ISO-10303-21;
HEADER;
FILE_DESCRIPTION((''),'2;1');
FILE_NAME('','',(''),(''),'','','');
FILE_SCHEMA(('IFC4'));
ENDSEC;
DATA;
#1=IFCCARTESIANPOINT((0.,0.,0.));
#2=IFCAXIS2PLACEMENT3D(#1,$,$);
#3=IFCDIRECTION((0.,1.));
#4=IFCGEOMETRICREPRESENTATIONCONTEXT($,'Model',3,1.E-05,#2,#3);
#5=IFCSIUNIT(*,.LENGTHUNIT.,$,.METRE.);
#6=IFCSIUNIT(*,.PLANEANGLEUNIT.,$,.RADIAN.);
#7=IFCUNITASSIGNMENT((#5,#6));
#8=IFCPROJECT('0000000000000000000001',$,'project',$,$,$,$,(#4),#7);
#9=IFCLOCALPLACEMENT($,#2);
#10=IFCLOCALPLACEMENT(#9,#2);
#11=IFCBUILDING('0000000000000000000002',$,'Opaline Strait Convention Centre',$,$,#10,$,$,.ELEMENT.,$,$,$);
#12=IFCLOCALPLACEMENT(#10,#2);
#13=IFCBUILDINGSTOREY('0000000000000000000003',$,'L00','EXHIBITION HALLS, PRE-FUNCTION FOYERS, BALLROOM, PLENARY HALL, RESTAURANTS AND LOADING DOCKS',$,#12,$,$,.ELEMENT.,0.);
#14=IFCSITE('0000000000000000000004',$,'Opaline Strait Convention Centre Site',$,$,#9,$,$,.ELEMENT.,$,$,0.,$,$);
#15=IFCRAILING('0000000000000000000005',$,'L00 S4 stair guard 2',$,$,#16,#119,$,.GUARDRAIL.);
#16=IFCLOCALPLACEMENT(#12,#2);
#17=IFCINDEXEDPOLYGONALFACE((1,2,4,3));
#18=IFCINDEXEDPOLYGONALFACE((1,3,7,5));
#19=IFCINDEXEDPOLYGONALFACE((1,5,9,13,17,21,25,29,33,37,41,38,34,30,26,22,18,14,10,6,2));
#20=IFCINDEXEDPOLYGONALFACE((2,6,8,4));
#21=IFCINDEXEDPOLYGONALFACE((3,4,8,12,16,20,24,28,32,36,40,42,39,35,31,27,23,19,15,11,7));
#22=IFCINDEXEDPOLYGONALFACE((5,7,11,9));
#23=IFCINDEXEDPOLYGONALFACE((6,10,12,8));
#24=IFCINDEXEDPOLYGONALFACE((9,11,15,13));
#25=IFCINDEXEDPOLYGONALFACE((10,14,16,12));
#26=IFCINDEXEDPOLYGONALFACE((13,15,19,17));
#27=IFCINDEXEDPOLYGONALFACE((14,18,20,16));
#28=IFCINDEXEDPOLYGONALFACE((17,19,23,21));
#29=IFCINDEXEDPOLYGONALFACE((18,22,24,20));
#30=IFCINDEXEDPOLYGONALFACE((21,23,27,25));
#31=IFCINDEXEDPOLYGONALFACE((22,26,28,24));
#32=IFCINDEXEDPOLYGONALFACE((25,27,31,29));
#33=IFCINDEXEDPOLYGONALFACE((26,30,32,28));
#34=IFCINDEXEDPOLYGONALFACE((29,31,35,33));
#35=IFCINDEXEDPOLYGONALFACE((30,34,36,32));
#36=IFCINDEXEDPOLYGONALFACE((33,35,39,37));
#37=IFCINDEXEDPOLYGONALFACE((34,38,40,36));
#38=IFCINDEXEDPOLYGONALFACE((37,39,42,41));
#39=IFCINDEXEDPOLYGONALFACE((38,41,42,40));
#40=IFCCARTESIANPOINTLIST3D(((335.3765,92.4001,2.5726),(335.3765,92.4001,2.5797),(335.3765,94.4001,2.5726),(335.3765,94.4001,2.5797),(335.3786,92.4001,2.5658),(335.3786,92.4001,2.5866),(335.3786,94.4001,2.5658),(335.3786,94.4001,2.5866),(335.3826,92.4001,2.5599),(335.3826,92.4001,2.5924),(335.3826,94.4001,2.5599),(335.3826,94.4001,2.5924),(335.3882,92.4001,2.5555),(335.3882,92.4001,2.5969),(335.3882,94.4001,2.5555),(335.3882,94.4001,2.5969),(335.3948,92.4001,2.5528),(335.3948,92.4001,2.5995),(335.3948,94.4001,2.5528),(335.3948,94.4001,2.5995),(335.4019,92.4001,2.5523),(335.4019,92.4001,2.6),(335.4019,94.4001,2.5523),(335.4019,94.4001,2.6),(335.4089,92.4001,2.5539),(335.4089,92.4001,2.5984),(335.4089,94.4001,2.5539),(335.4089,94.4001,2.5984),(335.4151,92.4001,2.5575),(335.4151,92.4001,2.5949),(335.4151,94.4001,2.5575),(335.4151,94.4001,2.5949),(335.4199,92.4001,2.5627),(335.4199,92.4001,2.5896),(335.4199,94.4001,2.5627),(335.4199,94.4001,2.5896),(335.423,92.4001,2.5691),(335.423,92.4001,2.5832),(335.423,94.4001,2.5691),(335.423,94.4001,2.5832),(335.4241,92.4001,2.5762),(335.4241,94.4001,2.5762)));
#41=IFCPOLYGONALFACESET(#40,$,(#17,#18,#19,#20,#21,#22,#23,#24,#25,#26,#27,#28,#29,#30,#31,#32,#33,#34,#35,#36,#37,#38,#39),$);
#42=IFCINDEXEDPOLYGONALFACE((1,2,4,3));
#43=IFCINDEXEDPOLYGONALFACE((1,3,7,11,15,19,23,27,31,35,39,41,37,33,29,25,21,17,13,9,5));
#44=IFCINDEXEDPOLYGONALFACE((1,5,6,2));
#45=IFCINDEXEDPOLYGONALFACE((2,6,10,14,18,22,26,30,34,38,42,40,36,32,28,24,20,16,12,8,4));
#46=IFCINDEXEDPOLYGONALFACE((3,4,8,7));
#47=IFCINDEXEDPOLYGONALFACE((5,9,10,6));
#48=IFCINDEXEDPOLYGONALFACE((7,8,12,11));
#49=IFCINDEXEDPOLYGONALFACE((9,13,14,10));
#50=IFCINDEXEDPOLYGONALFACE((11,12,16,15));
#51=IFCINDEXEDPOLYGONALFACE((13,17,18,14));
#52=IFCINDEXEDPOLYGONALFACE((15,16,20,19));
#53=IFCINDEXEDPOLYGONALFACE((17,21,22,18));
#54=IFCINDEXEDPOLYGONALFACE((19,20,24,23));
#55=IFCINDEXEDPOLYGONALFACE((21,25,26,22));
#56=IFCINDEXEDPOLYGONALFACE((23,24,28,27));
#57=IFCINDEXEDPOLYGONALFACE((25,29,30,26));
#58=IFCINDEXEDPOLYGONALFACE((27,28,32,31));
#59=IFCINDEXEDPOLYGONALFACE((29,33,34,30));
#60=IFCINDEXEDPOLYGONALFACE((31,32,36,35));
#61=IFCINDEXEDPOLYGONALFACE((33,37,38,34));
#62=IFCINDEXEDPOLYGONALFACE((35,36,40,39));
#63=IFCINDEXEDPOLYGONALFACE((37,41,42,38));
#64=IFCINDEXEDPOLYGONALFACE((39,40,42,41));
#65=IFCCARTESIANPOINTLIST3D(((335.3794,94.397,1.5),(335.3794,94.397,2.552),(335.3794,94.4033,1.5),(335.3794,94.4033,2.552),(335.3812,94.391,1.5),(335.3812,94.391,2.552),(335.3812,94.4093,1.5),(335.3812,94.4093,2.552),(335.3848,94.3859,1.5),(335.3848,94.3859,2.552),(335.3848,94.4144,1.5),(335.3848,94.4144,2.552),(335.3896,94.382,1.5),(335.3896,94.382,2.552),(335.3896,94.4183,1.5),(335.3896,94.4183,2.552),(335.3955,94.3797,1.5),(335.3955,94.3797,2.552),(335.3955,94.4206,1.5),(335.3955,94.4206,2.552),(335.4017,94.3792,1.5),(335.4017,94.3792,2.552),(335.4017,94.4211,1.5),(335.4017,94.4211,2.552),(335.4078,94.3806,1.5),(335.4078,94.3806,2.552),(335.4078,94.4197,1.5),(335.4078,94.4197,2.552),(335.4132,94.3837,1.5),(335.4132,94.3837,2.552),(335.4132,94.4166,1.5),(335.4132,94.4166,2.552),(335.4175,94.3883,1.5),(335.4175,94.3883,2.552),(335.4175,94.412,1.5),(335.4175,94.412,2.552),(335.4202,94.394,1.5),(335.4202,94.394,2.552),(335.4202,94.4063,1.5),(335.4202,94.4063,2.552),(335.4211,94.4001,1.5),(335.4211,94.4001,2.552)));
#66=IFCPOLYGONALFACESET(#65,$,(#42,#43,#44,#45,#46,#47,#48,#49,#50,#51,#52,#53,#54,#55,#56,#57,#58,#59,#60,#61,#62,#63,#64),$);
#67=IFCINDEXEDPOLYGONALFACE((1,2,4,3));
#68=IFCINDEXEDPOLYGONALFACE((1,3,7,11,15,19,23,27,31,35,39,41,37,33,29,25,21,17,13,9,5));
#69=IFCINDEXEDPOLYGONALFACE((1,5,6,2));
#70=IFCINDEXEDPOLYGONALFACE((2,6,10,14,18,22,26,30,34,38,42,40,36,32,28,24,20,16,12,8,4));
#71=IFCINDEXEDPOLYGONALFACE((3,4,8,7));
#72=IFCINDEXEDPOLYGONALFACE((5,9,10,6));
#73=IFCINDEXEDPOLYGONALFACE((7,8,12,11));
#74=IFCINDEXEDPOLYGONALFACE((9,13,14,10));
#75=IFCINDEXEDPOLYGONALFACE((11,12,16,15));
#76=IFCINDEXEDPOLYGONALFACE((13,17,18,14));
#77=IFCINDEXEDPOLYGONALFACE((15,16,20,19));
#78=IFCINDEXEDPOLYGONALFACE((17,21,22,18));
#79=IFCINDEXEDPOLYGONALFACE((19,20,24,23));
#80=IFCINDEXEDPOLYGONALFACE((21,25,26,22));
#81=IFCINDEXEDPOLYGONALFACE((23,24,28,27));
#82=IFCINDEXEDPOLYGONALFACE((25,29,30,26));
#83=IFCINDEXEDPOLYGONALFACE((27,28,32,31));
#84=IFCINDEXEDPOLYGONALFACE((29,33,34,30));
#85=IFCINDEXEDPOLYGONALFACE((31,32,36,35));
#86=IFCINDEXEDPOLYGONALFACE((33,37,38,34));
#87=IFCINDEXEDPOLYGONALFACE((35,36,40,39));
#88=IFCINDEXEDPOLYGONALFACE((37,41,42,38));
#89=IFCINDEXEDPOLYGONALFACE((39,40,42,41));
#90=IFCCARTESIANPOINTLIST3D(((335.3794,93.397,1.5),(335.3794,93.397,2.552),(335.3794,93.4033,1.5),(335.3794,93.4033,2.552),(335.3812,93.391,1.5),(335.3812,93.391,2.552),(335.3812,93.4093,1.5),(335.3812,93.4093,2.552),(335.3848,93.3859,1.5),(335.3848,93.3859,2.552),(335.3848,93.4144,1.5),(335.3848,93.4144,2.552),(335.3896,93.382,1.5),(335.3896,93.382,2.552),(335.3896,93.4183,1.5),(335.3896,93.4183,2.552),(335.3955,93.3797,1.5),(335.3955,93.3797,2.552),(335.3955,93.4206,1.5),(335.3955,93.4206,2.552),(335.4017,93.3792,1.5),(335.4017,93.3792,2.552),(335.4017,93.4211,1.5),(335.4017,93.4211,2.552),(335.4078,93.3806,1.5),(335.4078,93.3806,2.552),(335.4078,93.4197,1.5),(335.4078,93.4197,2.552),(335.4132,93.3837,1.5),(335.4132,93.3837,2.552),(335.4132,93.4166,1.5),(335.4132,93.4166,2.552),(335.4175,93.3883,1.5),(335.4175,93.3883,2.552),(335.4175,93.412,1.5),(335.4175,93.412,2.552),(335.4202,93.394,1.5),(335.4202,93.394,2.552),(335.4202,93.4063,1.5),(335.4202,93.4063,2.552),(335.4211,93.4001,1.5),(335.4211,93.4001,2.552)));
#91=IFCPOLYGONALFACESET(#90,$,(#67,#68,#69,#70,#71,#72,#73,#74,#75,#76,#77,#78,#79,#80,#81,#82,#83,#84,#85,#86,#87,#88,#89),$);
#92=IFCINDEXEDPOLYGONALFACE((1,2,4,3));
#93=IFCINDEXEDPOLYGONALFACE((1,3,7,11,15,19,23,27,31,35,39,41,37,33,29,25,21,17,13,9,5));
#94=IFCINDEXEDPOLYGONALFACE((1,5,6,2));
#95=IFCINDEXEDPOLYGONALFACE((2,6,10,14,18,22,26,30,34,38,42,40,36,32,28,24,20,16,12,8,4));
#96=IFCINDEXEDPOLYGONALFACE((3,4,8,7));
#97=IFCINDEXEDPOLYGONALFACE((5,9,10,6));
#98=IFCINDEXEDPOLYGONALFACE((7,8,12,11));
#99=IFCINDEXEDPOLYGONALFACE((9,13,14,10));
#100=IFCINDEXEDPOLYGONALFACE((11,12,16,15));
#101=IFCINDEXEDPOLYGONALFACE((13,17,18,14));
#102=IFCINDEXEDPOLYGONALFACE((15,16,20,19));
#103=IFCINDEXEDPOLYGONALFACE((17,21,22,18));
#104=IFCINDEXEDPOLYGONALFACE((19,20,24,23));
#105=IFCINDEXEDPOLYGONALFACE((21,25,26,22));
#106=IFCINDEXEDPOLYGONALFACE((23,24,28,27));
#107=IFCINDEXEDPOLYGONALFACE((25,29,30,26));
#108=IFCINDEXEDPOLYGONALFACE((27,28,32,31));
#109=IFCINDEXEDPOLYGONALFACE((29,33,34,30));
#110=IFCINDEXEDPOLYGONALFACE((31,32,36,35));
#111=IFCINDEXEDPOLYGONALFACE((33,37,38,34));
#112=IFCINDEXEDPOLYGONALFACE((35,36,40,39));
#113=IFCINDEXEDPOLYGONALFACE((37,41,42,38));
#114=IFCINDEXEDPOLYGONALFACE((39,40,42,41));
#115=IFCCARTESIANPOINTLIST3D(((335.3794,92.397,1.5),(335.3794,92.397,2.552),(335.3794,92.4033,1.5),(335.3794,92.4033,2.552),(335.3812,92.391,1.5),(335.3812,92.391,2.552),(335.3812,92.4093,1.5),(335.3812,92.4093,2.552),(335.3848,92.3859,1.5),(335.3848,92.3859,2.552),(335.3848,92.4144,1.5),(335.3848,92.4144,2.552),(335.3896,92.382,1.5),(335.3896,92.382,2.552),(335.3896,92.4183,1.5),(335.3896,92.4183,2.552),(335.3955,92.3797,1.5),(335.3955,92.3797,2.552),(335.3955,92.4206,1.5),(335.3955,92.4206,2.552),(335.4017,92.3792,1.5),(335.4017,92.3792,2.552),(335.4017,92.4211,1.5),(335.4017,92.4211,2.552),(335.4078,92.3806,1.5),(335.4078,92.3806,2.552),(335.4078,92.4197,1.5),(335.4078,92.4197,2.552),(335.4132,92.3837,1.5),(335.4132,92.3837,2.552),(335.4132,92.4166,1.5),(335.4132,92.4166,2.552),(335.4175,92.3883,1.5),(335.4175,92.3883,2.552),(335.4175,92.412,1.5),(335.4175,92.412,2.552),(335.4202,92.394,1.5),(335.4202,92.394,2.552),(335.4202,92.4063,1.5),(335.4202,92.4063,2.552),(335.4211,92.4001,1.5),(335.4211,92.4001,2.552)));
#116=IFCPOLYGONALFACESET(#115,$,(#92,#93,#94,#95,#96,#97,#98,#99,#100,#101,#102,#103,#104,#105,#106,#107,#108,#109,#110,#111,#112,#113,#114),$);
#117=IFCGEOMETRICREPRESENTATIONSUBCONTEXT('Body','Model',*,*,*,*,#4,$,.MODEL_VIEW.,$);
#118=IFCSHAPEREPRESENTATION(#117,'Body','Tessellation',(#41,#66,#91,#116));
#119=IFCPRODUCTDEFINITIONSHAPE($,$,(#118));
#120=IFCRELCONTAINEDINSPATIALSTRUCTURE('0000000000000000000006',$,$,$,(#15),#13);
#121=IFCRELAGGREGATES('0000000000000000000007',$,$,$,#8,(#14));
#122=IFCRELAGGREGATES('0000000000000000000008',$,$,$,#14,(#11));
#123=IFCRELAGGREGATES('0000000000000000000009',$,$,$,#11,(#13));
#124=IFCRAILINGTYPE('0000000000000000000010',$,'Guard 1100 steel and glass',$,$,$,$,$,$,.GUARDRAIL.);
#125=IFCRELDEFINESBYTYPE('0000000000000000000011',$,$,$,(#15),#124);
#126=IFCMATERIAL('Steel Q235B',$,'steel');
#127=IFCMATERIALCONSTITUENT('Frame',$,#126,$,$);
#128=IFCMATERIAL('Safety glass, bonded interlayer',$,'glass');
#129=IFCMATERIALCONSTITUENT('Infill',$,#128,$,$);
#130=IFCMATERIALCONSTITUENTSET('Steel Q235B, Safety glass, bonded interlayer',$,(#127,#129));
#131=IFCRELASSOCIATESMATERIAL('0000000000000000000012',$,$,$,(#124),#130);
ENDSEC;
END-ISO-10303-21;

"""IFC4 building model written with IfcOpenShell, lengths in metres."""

from ifc_helpers import new_model, si_unit, direction, frame, origin, origin_2d, place, context, subcontext, project, spatial, circle, extrude, material, constituent, constituent_set, type_object, element, save


model = new_model("IFC4")

# Units and contexts
model_context = context("Model", 3, precision=1e-05, world=origin(), true_north=direction((0.0, 1.0)))
body_context = subcontext(model_context, "Body", "Model", "MODEL_VIEW")
ifc_project = project(units=[si_unit("LENGTHUNIT", "METRE"), si_unit("PLANEANGLEUNIT", "RADIAN")], contexts=[model_context])

# Site, building, storey
site_placement = place(None, origin())
site = spatial("IfcSite", under=ifc_project, at=site_placement, Name="Opaline Strait Convention Centre Site", CompositionType="ELEMENT", RefElevation=0.0)
building_placement = place(site_placement, origin())
building = spatial("IfcBuilding", under=site, at=building_placement, Name="Opaline Strait Convention Centre", CompositionType="ELEMENT")
storey_placement = place(building_placement, origin())
storey = spatial("IfcBuildingStorey", under=building, at=storey_placement, Name="L00", Description="EXHIBITION HALLS, PRE-FUNCTION FOYERS, BALLROOM, PLENARY HALL, RESTAURANTS AND LOADING DOCKS", CompositionType="ELEMENT", Elevation=0.0)

# Railing
ifc_material_1 = material(Name="Steel Q235B", Category="steel")
ifc_constituent_1 = constituent(ifc_material_1, Name="Frame")
ifc_material_2 = material(Name="Safety glass, bonded interlayer", Category="glass")
ifc_constituent_2 = constituent(ifc_material_2, Name="Infill")
ifc_constituent_set = constituent_set(constituents=[ifc_constituent_1, ifc_constituent_2], Name="Steel Q235B, Safety glass, bonded interlayer")
railing_type_1 = type_object("IfcRailingType", Name="Guard 1100 steel and glass", PredefinedType="GUARDRAIL", material=ifc_constituent_set)
railing_1_placement = place(storey_placement, frame((335.4001, 94.4001, 1.5)))
element("IfcRailing", 1, at=railing_1_placement, inside=storey, type_object=railing_type_1, Name="L00 S4 stair guard 2", PredefinedType="GUARDRAIL", context=body_context, shape_type="SweptSolid", body=[
    extrude(circle(Radius=0.0239, at=origin_2d()), frame((0.0, 0.0, 1.0762), z_axis=(0.0, -1.0, 0.0), x_axis=(1.0, 0.0, 0.0)), (0.0, 0.0, 1.0), 2.0),
    extrude(circle(Radius=0.021, at=origin_2d()), origin(), (0.0, 0.0, 1.0), 1.052),
    extrude(circle(Radius=0.021, at=origin_2d()), frame((0.0, -1.0, 0.0)), (0.0, 0.0, 1.0), 1.052),
    extrude(circle(Radius=0.021, at=origin_2d()), frame((0.0, -2.0, 0.0)), (0.0, 0.0, 1.0), 1.052),
])

save(model, "model.ifc")
